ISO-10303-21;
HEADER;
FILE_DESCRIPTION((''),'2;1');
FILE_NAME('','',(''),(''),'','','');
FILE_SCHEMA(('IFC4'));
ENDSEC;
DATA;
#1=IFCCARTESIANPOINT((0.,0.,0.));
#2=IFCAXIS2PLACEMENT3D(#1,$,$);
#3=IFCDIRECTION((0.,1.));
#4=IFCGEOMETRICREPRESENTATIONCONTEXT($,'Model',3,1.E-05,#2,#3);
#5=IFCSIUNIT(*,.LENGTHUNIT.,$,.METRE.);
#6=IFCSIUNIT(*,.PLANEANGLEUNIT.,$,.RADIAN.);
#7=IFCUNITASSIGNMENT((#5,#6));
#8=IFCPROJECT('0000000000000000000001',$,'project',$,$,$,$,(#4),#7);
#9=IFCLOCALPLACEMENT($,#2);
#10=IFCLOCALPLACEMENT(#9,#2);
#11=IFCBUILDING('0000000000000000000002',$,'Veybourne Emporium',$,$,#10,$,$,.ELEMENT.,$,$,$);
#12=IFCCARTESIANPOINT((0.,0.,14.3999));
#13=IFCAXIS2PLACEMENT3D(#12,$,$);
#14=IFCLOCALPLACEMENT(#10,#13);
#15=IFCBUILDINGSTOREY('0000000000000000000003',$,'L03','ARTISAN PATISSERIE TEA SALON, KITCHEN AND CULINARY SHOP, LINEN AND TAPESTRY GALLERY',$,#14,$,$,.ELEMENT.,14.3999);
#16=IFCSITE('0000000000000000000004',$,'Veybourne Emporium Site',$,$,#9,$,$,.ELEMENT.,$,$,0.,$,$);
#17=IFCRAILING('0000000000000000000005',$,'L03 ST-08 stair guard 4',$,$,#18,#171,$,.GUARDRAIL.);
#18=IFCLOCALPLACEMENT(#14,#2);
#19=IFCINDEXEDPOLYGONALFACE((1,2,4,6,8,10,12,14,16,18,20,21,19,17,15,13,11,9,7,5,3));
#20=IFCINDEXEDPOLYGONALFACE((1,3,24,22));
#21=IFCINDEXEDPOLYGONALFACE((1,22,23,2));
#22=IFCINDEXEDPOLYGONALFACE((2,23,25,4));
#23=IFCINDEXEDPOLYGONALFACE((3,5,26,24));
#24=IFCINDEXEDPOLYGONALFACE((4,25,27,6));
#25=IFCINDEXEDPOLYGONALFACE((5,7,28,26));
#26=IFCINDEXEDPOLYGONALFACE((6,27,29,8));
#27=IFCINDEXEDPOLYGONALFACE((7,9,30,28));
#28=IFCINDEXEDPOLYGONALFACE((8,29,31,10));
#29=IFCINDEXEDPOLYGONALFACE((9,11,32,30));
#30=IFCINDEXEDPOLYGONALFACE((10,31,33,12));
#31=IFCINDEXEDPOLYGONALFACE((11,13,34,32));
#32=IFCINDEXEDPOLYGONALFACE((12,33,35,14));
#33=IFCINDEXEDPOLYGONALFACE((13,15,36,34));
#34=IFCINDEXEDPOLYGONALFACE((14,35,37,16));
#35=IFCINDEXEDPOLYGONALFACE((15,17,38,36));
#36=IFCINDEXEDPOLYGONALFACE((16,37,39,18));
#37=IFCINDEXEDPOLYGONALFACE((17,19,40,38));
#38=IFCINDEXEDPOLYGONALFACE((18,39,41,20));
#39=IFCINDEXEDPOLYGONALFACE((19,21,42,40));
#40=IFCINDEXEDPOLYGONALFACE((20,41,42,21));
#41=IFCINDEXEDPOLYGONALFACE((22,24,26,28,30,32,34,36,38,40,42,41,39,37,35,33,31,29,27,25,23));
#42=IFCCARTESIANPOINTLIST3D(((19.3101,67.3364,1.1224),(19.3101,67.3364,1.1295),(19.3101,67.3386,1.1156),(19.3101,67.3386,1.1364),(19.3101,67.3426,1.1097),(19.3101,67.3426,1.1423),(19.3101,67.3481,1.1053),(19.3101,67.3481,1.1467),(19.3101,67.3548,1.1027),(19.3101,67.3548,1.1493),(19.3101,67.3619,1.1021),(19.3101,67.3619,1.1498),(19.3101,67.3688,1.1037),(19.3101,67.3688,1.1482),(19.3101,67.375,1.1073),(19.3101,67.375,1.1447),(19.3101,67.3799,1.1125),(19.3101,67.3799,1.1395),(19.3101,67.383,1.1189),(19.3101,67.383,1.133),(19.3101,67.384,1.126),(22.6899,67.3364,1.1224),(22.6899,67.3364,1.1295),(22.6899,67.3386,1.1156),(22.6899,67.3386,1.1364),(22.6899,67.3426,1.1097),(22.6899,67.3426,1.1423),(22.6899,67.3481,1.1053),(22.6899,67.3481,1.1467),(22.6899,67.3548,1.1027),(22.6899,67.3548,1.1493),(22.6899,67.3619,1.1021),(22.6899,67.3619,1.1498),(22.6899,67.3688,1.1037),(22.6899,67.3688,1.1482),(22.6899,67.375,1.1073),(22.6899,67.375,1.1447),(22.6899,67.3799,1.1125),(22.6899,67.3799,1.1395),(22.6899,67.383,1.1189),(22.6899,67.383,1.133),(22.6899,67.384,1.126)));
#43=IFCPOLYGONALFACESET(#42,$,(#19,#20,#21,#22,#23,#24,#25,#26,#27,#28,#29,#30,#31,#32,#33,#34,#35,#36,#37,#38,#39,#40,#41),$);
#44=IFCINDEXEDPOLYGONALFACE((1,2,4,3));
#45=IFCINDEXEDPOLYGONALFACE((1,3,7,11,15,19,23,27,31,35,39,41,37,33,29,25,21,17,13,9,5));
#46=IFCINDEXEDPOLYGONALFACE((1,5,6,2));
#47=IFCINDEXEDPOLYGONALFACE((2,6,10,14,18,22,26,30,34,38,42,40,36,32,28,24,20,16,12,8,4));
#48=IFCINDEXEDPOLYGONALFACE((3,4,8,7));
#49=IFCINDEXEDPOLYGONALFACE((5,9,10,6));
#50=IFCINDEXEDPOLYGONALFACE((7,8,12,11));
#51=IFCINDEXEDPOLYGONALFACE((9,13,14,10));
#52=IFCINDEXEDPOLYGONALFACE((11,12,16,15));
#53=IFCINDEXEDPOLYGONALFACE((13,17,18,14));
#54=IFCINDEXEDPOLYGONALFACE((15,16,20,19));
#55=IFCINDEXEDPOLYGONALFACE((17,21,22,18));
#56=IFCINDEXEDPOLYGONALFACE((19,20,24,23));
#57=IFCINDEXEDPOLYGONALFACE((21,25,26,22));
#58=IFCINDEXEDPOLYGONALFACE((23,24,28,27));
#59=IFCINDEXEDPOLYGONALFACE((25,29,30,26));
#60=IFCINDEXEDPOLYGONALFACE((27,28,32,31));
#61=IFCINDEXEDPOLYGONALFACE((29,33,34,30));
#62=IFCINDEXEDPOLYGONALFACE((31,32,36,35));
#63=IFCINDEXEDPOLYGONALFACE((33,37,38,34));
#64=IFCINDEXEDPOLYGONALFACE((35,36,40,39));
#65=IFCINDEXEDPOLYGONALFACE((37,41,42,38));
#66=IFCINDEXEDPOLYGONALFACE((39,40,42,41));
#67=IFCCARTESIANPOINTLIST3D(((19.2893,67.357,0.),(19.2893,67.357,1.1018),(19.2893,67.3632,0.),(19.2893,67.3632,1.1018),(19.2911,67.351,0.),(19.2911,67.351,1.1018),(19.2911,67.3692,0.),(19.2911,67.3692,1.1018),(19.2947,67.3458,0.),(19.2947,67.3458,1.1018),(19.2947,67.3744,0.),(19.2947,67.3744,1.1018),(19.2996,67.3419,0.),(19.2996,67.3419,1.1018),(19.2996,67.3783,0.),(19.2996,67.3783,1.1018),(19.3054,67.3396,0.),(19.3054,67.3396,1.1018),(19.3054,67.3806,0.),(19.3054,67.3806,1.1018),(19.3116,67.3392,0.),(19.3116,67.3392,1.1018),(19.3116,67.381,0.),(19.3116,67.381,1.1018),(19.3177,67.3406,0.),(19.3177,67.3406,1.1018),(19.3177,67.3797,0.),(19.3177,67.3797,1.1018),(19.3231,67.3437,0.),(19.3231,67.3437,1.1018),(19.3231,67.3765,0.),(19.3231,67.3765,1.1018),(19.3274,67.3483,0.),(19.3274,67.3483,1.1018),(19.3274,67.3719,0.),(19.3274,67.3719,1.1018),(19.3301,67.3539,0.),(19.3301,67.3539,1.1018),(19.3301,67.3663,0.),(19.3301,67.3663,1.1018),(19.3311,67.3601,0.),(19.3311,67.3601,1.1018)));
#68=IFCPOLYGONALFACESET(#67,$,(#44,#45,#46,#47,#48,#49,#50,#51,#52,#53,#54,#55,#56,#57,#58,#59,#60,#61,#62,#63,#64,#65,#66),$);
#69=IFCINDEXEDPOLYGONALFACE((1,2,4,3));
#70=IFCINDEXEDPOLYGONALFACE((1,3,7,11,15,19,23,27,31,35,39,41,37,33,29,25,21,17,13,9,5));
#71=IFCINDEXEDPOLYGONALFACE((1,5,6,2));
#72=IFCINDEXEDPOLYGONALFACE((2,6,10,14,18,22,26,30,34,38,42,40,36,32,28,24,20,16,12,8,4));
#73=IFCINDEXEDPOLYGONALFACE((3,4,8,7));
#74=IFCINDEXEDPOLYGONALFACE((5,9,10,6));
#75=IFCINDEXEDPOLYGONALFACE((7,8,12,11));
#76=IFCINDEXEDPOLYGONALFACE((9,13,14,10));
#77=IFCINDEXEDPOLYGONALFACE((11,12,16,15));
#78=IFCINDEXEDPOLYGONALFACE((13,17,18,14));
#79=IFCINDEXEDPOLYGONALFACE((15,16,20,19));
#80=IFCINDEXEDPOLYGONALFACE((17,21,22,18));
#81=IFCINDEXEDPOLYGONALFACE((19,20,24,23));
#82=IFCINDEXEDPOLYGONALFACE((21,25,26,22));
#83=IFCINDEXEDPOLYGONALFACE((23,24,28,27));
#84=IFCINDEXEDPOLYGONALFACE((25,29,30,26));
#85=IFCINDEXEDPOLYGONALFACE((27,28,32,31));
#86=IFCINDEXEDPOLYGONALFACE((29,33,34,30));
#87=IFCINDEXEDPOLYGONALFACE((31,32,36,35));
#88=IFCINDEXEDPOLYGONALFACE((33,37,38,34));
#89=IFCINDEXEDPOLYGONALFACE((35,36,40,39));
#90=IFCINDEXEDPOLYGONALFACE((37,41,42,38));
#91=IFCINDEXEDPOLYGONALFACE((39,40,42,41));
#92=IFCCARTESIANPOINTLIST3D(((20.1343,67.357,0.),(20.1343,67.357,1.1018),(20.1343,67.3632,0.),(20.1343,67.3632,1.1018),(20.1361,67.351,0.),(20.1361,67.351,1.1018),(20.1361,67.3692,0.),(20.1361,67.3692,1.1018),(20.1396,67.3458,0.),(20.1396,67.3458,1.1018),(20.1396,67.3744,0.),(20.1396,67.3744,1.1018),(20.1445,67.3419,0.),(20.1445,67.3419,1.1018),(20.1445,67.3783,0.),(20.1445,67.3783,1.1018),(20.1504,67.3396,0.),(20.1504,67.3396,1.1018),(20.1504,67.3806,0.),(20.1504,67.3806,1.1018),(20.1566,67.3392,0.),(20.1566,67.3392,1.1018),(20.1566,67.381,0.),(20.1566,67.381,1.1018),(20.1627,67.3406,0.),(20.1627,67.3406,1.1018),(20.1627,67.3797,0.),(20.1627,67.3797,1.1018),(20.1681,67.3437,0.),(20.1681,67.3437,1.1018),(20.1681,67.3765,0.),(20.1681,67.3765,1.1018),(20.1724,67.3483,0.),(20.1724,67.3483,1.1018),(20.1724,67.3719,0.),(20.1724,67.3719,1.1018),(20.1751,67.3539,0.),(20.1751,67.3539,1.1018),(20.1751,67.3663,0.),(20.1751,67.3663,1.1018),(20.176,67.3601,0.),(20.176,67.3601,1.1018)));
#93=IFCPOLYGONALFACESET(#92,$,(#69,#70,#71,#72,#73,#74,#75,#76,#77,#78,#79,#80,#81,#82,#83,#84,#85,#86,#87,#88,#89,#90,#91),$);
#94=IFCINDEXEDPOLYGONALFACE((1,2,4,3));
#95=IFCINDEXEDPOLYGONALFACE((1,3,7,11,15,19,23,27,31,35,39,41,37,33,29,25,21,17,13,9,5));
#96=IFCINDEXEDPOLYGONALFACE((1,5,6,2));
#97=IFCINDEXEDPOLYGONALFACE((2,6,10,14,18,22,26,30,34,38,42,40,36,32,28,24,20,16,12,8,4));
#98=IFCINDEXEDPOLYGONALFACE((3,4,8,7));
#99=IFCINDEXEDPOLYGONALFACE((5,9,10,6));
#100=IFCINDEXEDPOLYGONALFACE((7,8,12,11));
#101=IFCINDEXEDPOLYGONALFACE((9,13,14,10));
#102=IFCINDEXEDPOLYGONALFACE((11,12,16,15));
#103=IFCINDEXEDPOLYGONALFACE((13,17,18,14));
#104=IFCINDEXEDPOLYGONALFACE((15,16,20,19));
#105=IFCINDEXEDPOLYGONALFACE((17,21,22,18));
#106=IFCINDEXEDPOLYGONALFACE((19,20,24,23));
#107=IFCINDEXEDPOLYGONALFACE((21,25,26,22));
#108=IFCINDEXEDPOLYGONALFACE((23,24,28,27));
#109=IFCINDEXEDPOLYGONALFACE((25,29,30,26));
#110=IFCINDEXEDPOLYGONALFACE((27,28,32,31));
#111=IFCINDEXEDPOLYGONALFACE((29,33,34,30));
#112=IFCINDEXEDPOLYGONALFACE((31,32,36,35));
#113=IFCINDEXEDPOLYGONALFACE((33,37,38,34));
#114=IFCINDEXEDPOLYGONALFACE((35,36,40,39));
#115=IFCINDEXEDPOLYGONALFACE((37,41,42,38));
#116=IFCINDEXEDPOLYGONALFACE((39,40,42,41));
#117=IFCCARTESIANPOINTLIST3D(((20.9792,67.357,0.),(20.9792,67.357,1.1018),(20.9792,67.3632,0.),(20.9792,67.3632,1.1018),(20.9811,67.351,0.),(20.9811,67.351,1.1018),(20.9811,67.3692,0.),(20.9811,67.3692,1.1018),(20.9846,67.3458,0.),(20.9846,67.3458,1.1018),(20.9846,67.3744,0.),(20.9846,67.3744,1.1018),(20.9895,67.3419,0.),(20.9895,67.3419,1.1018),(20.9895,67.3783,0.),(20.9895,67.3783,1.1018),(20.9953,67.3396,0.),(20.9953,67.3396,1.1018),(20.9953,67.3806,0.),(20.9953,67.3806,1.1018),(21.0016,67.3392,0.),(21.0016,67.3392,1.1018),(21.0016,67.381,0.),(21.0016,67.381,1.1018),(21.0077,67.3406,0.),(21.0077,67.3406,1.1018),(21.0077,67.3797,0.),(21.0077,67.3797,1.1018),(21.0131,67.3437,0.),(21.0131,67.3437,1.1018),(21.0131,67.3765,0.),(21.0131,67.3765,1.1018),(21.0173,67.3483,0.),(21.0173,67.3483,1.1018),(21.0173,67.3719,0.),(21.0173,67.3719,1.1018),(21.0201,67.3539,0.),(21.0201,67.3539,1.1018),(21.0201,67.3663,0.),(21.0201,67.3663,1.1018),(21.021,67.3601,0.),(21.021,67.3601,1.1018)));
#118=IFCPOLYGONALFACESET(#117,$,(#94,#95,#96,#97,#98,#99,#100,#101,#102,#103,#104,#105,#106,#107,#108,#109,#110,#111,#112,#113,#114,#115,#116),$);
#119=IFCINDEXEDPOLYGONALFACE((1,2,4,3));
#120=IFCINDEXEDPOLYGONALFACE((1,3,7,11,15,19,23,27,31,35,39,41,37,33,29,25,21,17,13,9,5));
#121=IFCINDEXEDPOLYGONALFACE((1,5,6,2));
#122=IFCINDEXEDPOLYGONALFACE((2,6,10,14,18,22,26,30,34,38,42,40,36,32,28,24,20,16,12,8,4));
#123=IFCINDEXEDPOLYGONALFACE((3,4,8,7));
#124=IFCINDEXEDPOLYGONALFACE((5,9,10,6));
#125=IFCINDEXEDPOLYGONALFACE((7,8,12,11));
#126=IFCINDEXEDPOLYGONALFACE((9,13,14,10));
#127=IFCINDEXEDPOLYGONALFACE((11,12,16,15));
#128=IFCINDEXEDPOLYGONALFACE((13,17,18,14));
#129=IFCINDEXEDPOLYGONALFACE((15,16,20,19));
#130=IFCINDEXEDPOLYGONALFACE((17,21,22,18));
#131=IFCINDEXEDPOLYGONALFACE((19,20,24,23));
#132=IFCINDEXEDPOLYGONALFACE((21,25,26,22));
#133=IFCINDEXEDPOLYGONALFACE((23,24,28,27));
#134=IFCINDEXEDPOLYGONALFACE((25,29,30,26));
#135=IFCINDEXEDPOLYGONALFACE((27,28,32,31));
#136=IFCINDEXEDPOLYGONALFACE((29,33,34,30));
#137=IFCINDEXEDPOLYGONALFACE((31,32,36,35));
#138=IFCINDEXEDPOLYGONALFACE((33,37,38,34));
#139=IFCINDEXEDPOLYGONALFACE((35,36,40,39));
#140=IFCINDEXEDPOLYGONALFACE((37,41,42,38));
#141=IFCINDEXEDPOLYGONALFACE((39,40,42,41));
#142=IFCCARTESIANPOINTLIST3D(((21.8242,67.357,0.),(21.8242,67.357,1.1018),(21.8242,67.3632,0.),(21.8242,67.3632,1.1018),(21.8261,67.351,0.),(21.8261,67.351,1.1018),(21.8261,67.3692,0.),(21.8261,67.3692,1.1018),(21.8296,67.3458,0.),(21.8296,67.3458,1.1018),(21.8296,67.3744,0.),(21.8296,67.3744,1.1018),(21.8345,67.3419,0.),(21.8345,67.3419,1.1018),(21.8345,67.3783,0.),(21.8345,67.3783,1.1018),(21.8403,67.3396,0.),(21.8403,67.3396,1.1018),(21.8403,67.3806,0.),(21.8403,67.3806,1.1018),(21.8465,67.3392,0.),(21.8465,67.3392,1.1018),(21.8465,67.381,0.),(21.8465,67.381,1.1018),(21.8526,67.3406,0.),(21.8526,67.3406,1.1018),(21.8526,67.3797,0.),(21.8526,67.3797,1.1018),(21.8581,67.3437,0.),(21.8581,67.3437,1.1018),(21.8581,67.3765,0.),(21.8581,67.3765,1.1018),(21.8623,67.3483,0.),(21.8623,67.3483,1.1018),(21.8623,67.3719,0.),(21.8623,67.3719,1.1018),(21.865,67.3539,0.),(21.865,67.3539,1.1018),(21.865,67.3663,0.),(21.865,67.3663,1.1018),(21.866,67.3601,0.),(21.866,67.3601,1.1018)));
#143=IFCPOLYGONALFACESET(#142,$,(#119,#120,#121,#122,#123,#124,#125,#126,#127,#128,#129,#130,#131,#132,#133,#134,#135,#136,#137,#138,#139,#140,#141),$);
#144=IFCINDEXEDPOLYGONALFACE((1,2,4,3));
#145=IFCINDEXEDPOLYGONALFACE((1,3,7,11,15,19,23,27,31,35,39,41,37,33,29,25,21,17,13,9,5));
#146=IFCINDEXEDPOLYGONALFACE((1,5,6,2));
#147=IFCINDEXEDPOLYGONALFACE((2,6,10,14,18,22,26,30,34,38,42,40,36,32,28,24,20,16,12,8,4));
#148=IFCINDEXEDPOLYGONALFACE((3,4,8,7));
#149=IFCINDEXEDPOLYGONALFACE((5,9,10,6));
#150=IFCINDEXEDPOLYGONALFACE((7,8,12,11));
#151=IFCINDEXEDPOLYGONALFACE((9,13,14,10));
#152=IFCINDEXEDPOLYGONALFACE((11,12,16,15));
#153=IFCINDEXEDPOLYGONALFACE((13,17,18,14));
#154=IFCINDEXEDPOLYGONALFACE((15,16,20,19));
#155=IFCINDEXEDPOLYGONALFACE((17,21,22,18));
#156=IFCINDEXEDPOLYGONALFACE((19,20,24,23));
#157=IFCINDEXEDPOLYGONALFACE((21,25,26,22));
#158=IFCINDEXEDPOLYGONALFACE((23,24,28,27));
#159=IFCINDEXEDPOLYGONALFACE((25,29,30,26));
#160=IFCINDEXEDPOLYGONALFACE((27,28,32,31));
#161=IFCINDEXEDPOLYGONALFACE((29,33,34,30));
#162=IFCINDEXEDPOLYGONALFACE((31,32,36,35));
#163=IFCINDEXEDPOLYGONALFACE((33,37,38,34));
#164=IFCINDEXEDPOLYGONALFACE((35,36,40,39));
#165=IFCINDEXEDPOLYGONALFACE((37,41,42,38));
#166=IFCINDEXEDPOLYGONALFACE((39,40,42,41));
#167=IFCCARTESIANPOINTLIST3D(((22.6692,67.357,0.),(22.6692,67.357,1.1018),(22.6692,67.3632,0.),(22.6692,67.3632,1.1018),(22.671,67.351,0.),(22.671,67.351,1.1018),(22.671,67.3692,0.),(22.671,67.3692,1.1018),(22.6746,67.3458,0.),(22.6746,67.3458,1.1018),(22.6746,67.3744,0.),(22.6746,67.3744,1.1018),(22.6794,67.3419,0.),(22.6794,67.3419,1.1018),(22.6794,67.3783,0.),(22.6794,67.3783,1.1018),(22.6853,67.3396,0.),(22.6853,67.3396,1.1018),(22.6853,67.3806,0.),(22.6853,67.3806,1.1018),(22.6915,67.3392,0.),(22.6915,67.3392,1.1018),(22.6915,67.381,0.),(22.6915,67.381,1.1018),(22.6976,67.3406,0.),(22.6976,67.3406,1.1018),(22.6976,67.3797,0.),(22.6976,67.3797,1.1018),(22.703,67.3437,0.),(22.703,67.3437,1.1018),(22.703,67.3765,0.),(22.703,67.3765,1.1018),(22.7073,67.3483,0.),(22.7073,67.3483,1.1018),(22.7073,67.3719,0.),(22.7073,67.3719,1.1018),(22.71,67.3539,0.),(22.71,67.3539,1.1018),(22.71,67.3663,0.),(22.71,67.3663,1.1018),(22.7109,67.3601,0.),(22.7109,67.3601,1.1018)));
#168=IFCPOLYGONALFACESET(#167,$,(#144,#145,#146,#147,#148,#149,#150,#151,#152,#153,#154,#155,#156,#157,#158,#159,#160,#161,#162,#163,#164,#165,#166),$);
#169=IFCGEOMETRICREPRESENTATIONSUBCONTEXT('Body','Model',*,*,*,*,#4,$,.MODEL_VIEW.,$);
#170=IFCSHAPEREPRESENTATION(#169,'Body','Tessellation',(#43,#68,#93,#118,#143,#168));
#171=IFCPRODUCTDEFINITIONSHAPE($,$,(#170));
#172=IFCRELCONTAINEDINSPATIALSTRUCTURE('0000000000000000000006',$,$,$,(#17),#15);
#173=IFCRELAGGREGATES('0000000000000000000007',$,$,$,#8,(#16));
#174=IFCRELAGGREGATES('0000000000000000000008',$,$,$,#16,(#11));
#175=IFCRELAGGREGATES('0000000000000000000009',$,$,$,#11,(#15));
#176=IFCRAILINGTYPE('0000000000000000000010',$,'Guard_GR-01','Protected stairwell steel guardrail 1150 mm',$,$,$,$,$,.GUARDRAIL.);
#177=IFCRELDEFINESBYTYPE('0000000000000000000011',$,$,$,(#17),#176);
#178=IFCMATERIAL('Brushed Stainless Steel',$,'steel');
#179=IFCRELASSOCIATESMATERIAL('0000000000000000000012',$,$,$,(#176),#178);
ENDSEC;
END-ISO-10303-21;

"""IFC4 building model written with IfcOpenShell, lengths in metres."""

from ifc_helpers import new_model, si_unit, direction, frame, origin, origin_2d, place, context, subcontext, project, spatial, circle, extrude, material, type_object, element, save


model = new_model("IFC4")

# Units and contexts
model_context = context("Model", 3, precision=1e-05, world=origin(), true_north=direction((0.0, 1.0)))
body_context = subcontext(model_context, "Body", "Model", "MODEL_VIEW")
ifc_project = project(units=[si_unit("LENGTHUNIT", "METRE"), si_unit("PLANEANGLEUNIT", "RADIAN")], contexts=[model_context])

# Site, building, storey
site_placement = place(None, origin())
site = spatial("IfcSite", under=ifc_project, at=site_placement, Name="Veybourne Emporium Site", CompositionType="ELEMENT", RefElevation=0.0)
building_placement = place(site_placement, origin())
building = spatial("IfcBuilding", under=site, at=building_placement, Name="Veybourne Emporium", CompositionType="ELEMENT")
storey_placement = place(building_placement, frame((0.0, 0.0, 14.3999)))
storey = spatial("IfcBuildingStorey", under=building, at=storey_placement, Name="L03", Description="ARTISAN PATISSERIE TEA SALON, KITCHEN AND CULINARY SHOP, LINEN AND TAPESTRY GALLERY", CompositionType="ELEMENT", Elevation=14.3999)

# Railing
ifc_material_1 = material(Name="Brushed Stainless Steel", Category="steel")
railing_type_1 = type_object("IfcRailingType", Name="Guard_GR-01", Description="Protected stairwell steel guardrail 1150 mm", PredefinedType="GUARDRAIL", material=ifc_material_1)
railing_1_placement = place(storey_placement, frame((19.3101, 67.3601, 0.0)))
element("IfcRailing", 1, at=railing_1_placement, inside=storey, type_object=railing_type_1, Name="L03 ST-08 stair guard 4", PredefinedType="GUARDRAIL", context=body_context, shape_type="SweptSolid", body=[
    extrude(circle(Radius=0.0239, at=origin_2d()), frame((0.0, 0.0, 1.126), z_axis=(1.0, 0.0, 0.0), x_axis=(0.0, 1.0, 0.0)), (0.0, 0.0, 1.0), 3.3799),
    extrude(circle(Radius=0.021, at=origin_2d()), origin(), (0.0, 0.0, 1.0), 1.1018),
    extrude(circle(Radius=0.021, at=origin_2d()), frame((0.845, 0.0, 0.0)), (0.0, 0.0, 1.0), 1.1018),
    extrude(circle(Radius=0.021, at=origin_2d()), frame((1.6899, 0.0, 0.0)), (0.0, 0.0, 1.0), 1.1018),
    extrude(circle(Radius=0.021, at=origin_2d()), frame((2.5349, 0.0, 0.0)), (0.0, 0.0, 1.0), 1.1018),
    extrude(circle(Radius=0.021, at=origin_2d()), frame((3.3799, 0.0, 0.0)), (0.0, 0.0, 1.0), 1.1018),
])

save(model, "model.ifc")
